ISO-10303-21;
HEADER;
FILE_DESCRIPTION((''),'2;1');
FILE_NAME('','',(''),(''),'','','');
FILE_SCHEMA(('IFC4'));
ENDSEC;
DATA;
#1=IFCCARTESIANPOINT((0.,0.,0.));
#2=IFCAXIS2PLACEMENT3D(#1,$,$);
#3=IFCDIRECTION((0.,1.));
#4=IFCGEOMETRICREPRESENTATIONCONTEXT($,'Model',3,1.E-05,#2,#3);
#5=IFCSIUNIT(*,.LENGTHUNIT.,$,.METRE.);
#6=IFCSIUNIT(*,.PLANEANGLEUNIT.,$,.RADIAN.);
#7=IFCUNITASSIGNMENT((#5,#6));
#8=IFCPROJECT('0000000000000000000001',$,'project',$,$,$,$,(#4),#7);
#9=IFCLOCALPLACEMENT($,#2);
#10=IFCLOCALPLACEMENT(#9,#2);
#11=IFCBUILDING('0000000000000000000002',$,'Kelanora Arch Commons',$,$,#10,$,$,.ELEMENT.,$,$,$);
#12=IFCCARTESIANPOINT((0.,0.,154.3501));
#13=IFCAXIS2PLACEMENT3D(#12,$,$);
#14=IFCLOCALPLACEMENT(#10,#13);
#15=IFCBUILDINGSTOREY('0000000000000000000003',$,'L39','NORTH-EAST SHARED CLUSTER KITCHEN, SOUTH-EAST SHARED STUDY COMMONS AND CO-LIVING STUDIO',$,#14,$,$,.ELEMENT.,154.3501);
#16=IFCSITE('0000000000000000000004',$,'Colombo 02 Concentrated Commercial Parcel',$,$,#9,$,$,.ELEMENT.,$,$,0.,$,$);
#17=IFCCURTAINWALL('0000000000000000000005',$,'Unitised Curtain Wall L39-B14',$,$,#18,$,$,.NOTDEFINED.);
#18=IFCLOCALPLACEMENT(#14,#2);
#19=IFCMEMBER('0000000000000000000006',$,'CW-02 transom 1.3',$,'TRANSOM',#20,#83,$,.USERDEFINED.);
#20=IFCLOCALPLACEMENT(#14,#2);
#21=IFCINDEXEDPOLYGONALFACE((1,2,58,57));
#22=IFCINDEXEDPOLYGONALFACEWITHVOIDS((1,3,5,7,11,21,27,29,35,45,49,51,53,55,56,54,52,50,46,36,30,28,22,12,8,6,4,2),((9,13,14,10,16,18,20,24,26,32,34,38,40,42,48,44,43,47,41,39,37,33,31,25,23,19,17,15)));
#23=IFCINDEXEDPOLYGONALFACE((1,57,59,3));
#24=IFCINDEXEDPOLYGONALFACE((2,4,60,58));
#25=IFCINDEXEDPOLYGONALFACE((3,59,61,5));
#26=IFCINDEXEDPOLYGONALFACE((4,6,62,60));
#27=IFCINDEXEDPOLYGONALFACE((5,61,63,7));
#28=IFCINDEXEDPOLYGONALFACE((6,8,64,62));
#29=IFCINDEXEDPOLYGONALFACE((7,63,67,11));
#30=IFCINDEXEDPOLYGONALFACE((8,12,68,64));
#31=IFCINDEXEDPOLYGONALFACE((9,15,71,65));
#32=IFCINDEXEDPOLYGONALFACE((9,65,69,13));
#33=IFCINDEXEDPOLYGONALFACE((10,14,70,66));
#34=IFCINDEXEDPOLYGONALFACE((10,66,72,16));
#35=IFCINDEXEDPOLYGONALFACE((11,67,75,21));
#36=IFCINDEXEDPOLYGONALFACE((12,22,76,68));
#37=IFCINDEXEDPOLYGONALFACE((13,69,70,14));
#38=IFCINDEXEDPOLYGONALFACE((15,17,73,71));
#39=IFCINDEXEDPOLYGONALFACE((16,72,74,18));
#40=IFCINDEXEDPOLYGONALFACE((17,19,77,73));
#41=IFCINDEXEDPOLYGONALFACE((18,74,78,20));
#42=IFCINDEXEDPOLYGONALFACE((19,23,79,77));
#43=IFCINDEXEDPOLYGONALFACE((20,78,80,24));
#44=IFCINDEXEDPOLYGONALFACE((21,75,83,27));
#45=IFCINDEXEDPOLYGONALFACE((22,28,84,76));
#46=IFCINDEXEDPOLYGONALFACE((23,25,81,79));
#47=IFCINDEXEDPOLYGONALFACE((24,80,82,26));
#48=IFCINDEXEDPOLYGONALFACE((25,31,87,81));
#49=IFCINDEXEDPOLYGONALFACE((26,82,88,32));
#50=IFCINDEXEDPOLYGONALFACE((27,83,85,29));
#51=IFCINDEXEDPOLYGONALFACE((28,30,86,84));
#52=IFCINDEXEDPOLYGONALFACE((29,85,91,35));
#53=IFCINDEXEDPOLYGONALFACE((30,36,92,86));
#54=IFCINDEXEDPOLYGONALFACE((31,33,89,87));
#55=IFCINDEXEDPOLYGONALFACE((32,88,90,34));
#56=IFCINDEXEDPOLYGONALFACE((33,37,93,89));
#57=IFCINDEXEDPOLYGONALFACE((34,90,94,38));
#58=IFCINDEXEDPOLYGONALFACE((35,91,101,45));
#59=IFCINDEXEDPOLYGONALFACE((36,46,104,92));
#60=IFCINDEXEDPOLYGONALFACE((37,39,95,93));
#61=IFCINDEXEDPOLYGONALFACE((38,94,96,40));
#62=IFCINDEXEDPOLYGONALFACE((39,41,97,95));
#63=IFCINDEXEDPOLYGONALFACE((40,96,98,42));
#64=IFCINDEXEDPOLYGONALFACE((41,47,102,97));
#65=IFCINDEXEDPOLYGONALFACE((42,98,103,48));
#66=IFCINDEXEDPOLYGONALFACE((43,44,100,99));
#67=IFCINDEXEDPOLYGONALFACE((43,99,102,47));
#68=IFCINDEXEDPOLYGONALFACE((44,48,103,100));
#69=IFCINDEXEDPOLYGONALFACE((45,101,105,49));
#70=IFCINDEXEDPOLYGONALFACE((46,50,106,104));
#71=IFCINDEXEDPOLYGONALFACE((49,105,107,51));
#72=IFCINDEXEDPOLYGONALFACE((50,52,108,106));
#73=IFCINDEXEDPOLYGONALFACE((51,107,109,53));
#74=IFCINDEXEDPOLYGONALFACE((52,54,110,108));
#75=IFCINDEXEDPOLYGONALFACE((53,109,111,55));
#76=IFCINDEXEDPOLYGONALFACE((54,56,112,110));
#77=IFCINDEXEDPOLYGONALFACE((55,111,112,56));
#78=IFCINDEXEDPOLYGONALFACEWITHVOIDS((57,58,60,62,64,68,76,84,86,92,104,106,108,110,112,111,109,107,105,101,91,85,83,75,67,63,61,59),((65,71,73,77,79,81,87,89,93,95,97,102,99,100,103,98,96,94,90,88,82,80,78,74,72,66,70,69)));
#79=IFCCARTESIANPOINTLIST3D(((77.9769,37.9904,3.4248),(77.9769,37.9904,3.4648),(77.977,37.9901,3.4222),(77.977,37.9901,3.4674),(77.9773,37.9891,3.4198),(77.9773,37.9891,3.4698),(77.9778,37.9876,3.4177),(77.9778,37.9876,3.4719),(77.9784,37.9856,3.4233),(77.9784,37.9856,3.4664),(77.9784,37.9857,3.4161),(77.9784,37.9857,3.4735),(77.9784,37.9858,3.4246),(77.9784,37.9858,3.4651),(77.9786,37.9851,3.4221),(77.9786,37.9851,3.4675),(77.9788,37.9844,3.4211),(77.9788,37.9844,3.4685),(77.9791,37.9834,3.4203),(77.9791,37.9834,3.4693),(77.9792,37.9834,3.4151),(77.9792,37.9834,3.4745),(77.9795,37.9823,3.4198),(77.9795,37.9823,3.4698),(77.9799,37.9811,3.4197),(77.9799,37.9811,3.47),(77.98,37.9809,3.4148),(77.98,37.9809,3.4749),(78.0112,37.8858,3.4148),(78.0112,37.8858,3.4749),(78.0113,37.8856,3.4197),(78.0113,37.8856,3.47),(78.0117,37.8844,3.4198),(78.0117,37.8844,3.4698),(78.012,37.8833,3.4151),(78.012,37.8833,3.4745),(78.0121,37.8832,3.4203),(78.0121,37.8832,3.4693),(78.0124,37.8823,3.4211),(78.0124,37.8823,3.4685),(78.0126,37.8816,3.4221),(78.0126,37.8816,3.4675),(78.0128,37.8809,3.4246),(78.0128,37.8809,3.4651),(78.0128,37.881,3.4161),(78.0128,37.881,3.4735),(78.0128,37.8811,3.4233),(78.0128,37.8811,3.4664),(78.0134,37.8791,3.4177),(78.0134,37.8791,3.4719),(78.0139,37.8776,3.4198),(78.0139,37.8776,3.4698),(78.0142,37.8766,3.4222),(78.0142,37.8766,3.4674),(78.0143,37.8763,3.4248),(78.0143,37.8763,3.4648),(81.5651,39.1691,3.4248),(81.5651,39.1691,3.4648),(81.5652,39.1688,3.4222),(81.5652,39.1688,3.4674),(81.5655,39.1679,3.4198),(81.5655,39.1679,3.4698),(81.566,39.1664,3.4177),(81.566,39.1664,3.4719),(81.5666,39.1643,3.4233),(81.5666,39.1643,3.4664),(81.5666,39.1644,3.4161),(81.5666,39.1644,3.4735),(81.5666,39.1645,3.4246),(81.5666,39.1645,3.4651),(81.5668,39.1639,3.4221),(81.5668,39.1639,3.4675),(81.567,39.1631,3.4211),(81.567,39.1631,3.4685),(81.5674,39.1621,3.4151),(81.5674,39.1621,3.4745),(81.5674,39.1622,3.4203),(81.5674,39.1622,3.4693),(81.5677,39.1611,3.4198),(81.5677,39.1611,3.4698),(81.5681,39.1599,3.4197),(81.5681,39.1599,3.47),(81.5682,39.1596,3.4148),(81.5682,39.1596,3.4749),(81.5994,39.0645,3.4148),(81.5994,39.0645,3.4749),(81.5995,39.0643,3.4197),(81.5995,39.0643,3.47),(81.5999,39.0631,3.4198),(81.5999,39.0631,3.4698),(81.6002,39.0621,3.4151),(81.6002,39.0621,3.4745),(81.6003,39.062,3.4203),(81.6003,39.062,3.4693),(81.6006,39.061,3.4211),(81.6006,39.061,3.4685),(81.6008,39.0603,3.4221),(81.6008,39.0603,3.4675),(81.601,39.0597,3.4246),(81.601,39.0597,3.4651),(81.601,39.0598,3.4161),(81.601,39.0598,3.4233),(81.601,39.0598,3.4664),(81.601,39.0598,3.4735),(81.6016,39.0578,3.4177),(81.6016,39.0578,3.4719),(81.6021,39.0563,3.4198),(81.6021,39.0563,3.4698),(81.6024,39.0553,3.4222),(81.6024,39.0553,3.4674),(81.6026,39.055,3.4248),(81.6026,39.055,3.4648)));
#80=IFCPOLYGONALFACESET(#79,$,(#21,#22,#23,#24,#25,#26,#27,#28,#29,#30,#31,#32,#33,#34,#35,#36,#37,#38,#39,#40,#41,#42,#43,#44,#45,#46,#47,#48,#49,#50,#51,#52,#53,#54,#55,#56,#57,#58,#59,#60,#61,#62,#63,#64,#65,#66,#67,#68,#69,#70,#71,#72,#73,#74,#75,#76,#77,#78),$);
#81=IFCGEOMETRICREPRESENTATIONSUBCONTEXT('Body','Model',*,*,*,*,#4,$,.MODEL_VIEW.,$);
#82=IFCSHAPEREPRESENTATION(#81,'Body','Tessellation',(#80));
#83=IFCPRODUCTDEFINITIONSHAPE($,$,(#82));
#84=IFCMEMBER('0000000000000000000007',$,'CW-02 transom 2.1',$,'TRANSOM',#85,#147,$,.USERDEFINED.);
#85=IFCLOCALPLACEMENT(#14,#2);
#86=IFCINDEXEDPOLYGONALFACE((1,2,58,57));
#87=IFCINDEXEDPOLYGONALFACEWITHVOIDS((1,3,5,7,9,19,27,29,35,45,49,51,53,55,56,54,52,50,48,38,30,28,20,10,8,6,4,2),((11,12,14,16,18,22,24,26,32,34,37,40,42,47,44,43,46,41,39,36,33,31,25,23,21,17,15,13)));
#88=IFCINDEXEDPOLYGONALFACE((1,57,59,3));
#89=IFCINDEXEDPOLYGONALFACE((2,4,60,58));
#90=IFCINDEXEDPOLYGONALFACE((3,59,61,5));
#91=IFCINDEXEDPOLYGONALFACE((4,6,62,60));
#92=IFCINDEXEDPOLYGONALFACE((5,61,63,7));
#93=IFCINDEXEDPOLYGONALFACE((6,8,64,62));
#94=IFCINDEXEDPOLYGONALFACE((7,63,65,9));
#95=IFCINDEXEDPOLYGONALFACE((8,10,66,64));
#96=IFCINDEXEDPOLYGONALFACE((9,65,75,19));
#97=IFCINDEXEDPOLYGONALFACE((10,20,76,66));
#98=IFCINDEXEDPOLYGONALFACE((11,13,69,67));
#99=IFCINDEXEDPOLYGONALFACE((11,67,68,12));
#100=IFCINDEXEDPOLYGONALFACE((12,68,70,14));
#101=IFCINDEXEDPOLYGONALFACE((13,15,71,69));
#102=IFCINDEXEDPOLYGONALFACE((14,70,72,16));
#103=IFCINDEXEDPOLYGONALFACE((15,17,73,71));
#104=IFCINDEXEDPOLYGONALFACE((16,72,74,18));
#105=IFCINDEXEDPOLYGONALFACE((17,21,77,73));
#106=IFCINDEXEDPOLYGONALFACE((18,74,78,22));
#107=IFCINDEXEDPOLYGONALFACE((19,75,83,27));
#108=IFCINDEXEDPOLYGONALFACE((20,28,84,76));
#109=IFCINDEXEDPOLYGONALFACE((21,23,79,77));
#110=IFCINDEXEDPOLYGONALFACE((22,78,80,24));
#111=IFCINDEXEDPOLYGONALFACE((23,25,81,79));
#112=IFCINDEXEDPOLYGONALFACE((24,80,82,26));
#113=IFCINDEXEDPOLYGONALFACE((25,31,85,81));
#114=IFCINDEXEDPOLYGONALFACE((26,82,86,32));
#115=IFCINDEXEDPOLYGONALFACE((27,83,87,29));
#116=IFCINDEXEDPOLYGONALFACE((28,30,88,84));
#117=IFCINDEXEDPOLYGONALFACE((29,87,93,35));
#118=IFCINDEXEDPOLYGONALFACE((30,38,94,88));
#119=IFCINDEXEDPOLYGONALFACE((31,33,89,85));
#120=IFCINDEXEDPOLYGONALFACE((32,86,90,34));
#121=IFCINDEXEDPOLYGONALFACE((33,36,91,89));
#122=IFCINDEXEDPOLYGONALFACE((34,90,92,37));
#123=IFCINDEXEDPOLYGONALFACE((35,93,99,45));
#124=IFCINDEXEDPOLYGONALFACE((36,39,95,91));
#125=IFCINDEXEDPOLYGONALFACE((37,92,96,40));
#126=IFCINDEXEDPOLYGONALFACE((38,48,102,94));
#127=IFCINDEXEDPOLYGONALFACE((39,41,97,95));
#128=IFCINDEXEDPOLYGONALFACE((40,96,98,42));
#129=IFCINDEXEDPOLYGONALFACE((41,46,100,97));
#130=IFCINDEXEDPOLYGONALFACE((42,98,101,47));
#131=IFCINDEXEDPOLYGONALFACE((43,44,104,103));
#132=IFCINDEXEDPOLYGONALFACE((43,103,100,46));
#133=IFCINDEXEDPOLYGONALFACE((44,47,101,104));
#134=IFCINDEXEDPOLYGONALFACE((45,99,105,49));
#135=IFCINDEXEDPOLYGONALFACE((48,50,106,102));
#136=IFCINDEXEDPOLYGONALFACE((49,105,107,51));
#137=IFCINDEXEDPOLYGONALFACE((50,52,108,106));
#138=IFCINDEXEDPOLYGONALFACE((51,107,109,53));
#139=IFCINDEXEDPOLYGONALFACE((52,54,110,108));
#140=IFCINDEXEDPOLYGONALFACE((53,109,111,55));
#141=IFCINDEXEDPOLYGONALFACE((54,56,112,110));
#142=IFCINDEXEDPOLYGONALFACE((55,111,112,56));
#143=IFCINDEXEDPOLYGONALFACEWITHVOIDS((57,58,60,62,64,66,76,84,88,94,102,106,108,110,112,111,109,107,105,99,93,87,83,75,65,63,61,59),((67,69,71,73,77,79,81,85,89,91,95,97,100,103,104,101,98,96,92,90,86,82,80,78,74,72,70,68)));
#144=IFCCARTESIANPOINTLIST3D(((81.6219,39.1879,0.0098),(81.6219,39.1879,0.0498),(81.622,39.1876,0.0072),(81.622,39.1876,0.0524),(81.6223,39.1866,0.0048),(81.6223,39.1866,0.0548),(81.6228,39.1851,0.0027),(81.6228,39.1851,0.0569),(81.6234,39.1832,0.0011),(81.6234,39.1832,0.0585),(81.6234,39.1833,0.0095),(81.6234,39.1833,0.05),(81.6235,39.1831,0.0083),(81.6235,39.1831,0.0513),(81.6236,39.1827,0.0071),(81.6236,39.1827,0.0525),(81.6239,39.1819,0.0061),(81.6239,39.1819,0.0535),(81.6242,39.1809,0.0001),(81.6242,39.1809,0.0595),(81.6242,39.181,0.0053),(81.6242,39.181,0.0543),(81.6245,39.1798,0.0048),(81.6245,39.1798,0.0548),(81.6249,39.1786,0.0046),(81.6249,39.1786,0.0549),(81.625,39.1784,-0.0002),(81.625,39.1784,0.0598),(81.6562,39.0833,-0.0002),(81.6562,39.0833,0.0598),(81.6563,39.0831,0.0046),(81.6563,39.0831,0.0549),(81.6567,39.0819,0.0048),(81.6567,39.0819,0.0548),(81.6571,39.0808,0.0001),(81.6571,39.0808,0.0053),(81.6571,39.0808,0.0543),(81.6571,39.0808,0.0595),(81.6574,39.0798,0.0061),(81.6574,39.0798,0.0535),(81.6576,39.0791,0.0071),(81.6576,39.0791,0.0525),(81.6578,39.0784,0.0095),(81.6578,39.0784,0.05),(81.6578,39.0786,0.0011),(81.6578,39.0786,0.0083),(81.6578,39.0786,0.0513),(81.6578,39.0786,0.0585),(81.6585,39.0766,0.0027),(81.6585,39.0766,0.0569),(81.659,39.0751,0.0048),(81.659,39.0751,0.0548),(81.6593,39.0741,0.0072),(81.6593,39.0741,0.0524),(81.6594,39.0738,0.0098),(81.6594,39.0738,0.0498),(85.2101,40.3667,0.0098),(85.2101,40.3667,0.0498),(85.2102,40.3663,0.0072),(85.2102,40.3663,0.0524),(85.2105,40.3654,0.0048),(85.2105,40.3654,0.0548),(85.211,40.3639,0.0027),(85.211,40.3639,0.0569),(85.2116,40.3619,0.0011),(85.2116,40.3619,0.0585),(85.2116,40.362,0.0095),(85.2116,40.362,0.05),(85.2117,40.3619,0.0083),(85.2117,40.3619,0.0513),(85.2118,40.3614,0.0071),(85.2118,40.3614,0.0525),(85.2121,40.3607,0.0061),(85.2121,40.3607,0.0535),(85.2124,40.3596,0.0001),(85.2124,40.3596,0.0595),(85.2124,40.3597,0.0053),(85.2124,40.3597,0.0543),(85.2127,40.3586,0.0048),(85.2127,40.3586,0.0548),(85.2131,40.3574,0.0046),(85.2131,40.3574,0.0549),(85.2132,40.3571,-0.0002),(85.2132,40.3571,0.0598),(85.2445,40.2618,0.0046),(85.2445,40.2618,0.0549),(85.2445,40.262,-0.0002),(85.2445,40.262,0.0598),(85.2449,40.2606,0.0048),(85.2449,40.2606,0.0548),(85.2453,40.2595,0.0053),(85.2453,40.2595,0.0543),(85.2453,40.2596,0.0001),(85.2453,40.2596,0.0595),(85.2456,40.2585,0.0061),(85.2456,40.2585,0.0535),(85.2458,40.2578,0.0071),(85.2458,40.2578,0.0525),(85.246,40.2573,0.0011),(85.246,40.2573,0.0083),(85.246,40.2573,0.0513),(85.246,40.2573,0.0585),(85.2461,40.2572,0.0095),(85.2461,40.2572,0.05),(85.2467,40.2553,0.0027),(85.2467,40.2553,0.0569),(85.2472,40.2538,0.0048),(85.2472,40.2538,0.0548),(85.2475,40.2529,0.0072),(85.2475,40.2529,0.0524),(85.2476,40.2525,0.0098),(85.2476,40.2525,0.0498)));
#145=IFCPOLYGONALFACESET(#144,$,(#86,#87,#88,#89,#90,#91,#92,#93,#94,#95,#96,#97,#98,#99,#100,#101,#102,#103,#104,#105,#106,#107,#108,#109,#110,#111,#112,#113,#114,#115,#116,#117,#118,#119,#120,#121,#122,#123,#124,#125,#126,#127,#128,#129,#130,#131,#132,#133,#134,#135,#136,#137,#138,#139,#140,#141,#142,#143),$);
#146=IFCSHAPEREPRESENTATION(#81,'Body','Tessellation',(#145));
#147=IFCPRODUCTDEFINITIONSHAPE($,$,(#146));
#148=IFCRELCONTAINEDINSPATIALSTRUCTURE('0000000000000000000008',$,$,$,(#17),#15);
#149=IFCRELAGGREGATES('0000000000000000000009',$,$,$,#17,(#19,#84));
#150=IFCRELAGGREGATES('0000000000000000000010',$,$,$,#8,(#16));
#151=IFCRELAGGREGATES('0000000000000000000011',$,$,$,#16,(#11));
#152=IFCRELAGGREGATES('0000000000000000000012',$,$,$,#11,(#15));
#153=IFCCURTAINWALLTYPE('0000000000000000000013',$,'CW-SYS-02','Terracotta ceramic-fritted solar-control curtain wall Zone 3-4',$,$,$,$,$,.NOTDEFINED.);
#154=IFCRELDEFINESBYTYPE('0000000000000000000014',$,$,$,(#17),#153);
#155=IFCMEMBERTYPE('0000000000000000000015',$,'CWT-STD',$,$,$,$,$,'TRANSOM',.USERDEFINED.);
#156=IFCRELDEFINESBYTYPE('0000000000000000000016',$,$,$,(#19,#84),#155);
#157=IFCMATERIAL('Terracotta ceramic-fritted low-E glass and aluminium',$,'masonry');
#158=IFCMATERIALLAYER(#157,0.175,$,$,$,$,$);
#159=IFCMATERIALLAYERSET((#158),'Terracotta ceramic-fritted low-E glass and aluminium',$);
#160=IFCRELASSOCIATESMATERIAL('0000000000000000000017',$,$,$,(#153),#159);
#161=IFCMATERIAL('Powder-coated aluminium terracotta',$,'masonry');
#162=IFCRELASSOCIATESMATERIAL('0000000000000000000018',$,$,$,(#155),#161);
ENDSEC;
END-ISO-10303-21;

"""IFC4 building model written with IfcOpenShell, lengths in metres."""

from ifc_helpers import new_model, si_unit, direction, frame, origin, origin_2d, place, context, subcontext, project, spatial, hollow_rectangle, extrude, material, layer, layer_set, material_profile, profile_set, type_object, element, aggregate, save


model = new_model("IFC4")

# Units and contexts
model_context = context("Model", 3, precision=1e-05, world=origin(), true_north=direction((0.0, 1.0)))
body_context = subcontext(model_context, "Body", "Model", "MODEL_VIEW")
ifc_project = project(units=[si_unit("LENGTHUNIT", "METRE"), si_unit("PLANEANGLEUNIT", "RADIAN")], contexts=[model_context])

# Site, building, storey
site_placement = place(None, origin())
site = spatial("IfcSite", under=ifc_project, at=site_placement, Name="Colombo 02 Concentrated Commercial Parcel", CompositionType="ELEMENT", RefElevation=0.0)
building_placement = place(site_placement, origin())
building = spatial("IfcBuilding", under=site, at=building_placement, Name="Kelanora Arch Commons", CompositionType="ELEMENT")
storey_placement = place(building_placement, frame((0.0, 0.0, 154.3501)))
storey = spatial("IfcBuildingStorey", under=building, at=storey_placement, Name="L39", Description="NORTH-EAST SHARED CLUSTER KITCHEN, SOUTH-EAST SHARED STUDY COMMONS AND CO-LIVING STUDIO", CompositionType="ELEMENT", Elevation=154.3501)

# Curtain wall, members
ifc_material_1 = material(Name="Terracotta ceramic-fritted low-E glass and aluminium", Category="masonry")
ifc_layer_1 = layer(ifc_material_1, 0.175)
ifc_layer_set_1 = layer_set([ifc_layer_1], Name="Terracotta ceramic-fritted low-E glass and aluminium")
curtain_wall_type = type_object("IfcCurtainWallType", Name="CW-SYS-02", Description="Terracotta ceramic-fritted solar-control curtain wall Zone 3-4", PredefinedType="NOTDEFINED", material=ifc_layer_set_1)
curtain_wall_placement = place(storey_placement, origin())
curtain_wall = element("IfcCurtainWall", 1, at=curtain_wall_placement, inside=storey, type_object=curtain_wall_type, Name="Unitised Curtain Wall L39-B14", PredefinedType="NOTDEFINED")
ifc_material_2 = material(Name="Powder-coated aluminium terracotta", Category="masonry")
ifc_material_profile_1 = material_profile(ifc_material_2, hollow_rectangle(XDim=0.1201, YDim=0.0601, WallThickness=0.0049, InnerFilletRadius=0.0049, OuterFilletRadius=0.01, at=origin_2d()), Name="CWT120x60")
ifc_profile_set_1 = profile_set([ifc_material_profile_1], Name="Powder-coated aluminium terracotta")
member_type_1 = type_object("IfcMemberType", Name="CWT-STD", ElementType="TRANSOM", PredefinedType="USERDEFINED", material=ifc_profile_set_1)
member_1_placement = place(storey_placement, frame((77.9956, 37.9333, 3.4448), z_axis=(0.950051, 0.312094, 0.0), x_axis=(-0.312094, 0.950051, 0.0)))
member_1 = element("IfcMember", 2, at=member_1_placement, type_object=member_type_1, Name="CW-02 transom 1.3", ObjectType="TRANSOM", PredefinedType="USERDEFINED", context=body_context, shape_type="SweptSolid", body=[
    extrude(hollow_rectangle(XDim=0.1201, YDim=0.0601, WallThickness=0.0049, InnerFilletRadius=0.0049, OuterFilletRadius=0.01, at=origin_2d()), origin(), (0.0, 0.0, 1.0), 3.7769),
])
member_2_placement = place(storey_placement, frame((81.6406, 39.1309, 0.0298), z_axis=(0.950051, 0.312094, 0.0), x_axis=(-0.312094, 0.950051, 0.0)))
member_2 = element("IfcMember", 3, at=member_2_placement, type_object=member_type_1, Name="CW-02 transom 2.1", ObjectType="TRANSOM", PredefinedType="USERDEFINED", context=body_context, shape_type="SweptSolid", body=[
    extrude(hollow_rectangle(XDim=0.1201, YDim=0.0601, WallThickness=0.0049, InnerFilletRadius=0.0049, OuterFilletRadius=0.01, at=origin_2d()), origin(), (0.0, 0.0, 1.0), 3.7769),
])
aggregate(curtain_wall, [member_1, member_2])

save(model, "model.ifc")
